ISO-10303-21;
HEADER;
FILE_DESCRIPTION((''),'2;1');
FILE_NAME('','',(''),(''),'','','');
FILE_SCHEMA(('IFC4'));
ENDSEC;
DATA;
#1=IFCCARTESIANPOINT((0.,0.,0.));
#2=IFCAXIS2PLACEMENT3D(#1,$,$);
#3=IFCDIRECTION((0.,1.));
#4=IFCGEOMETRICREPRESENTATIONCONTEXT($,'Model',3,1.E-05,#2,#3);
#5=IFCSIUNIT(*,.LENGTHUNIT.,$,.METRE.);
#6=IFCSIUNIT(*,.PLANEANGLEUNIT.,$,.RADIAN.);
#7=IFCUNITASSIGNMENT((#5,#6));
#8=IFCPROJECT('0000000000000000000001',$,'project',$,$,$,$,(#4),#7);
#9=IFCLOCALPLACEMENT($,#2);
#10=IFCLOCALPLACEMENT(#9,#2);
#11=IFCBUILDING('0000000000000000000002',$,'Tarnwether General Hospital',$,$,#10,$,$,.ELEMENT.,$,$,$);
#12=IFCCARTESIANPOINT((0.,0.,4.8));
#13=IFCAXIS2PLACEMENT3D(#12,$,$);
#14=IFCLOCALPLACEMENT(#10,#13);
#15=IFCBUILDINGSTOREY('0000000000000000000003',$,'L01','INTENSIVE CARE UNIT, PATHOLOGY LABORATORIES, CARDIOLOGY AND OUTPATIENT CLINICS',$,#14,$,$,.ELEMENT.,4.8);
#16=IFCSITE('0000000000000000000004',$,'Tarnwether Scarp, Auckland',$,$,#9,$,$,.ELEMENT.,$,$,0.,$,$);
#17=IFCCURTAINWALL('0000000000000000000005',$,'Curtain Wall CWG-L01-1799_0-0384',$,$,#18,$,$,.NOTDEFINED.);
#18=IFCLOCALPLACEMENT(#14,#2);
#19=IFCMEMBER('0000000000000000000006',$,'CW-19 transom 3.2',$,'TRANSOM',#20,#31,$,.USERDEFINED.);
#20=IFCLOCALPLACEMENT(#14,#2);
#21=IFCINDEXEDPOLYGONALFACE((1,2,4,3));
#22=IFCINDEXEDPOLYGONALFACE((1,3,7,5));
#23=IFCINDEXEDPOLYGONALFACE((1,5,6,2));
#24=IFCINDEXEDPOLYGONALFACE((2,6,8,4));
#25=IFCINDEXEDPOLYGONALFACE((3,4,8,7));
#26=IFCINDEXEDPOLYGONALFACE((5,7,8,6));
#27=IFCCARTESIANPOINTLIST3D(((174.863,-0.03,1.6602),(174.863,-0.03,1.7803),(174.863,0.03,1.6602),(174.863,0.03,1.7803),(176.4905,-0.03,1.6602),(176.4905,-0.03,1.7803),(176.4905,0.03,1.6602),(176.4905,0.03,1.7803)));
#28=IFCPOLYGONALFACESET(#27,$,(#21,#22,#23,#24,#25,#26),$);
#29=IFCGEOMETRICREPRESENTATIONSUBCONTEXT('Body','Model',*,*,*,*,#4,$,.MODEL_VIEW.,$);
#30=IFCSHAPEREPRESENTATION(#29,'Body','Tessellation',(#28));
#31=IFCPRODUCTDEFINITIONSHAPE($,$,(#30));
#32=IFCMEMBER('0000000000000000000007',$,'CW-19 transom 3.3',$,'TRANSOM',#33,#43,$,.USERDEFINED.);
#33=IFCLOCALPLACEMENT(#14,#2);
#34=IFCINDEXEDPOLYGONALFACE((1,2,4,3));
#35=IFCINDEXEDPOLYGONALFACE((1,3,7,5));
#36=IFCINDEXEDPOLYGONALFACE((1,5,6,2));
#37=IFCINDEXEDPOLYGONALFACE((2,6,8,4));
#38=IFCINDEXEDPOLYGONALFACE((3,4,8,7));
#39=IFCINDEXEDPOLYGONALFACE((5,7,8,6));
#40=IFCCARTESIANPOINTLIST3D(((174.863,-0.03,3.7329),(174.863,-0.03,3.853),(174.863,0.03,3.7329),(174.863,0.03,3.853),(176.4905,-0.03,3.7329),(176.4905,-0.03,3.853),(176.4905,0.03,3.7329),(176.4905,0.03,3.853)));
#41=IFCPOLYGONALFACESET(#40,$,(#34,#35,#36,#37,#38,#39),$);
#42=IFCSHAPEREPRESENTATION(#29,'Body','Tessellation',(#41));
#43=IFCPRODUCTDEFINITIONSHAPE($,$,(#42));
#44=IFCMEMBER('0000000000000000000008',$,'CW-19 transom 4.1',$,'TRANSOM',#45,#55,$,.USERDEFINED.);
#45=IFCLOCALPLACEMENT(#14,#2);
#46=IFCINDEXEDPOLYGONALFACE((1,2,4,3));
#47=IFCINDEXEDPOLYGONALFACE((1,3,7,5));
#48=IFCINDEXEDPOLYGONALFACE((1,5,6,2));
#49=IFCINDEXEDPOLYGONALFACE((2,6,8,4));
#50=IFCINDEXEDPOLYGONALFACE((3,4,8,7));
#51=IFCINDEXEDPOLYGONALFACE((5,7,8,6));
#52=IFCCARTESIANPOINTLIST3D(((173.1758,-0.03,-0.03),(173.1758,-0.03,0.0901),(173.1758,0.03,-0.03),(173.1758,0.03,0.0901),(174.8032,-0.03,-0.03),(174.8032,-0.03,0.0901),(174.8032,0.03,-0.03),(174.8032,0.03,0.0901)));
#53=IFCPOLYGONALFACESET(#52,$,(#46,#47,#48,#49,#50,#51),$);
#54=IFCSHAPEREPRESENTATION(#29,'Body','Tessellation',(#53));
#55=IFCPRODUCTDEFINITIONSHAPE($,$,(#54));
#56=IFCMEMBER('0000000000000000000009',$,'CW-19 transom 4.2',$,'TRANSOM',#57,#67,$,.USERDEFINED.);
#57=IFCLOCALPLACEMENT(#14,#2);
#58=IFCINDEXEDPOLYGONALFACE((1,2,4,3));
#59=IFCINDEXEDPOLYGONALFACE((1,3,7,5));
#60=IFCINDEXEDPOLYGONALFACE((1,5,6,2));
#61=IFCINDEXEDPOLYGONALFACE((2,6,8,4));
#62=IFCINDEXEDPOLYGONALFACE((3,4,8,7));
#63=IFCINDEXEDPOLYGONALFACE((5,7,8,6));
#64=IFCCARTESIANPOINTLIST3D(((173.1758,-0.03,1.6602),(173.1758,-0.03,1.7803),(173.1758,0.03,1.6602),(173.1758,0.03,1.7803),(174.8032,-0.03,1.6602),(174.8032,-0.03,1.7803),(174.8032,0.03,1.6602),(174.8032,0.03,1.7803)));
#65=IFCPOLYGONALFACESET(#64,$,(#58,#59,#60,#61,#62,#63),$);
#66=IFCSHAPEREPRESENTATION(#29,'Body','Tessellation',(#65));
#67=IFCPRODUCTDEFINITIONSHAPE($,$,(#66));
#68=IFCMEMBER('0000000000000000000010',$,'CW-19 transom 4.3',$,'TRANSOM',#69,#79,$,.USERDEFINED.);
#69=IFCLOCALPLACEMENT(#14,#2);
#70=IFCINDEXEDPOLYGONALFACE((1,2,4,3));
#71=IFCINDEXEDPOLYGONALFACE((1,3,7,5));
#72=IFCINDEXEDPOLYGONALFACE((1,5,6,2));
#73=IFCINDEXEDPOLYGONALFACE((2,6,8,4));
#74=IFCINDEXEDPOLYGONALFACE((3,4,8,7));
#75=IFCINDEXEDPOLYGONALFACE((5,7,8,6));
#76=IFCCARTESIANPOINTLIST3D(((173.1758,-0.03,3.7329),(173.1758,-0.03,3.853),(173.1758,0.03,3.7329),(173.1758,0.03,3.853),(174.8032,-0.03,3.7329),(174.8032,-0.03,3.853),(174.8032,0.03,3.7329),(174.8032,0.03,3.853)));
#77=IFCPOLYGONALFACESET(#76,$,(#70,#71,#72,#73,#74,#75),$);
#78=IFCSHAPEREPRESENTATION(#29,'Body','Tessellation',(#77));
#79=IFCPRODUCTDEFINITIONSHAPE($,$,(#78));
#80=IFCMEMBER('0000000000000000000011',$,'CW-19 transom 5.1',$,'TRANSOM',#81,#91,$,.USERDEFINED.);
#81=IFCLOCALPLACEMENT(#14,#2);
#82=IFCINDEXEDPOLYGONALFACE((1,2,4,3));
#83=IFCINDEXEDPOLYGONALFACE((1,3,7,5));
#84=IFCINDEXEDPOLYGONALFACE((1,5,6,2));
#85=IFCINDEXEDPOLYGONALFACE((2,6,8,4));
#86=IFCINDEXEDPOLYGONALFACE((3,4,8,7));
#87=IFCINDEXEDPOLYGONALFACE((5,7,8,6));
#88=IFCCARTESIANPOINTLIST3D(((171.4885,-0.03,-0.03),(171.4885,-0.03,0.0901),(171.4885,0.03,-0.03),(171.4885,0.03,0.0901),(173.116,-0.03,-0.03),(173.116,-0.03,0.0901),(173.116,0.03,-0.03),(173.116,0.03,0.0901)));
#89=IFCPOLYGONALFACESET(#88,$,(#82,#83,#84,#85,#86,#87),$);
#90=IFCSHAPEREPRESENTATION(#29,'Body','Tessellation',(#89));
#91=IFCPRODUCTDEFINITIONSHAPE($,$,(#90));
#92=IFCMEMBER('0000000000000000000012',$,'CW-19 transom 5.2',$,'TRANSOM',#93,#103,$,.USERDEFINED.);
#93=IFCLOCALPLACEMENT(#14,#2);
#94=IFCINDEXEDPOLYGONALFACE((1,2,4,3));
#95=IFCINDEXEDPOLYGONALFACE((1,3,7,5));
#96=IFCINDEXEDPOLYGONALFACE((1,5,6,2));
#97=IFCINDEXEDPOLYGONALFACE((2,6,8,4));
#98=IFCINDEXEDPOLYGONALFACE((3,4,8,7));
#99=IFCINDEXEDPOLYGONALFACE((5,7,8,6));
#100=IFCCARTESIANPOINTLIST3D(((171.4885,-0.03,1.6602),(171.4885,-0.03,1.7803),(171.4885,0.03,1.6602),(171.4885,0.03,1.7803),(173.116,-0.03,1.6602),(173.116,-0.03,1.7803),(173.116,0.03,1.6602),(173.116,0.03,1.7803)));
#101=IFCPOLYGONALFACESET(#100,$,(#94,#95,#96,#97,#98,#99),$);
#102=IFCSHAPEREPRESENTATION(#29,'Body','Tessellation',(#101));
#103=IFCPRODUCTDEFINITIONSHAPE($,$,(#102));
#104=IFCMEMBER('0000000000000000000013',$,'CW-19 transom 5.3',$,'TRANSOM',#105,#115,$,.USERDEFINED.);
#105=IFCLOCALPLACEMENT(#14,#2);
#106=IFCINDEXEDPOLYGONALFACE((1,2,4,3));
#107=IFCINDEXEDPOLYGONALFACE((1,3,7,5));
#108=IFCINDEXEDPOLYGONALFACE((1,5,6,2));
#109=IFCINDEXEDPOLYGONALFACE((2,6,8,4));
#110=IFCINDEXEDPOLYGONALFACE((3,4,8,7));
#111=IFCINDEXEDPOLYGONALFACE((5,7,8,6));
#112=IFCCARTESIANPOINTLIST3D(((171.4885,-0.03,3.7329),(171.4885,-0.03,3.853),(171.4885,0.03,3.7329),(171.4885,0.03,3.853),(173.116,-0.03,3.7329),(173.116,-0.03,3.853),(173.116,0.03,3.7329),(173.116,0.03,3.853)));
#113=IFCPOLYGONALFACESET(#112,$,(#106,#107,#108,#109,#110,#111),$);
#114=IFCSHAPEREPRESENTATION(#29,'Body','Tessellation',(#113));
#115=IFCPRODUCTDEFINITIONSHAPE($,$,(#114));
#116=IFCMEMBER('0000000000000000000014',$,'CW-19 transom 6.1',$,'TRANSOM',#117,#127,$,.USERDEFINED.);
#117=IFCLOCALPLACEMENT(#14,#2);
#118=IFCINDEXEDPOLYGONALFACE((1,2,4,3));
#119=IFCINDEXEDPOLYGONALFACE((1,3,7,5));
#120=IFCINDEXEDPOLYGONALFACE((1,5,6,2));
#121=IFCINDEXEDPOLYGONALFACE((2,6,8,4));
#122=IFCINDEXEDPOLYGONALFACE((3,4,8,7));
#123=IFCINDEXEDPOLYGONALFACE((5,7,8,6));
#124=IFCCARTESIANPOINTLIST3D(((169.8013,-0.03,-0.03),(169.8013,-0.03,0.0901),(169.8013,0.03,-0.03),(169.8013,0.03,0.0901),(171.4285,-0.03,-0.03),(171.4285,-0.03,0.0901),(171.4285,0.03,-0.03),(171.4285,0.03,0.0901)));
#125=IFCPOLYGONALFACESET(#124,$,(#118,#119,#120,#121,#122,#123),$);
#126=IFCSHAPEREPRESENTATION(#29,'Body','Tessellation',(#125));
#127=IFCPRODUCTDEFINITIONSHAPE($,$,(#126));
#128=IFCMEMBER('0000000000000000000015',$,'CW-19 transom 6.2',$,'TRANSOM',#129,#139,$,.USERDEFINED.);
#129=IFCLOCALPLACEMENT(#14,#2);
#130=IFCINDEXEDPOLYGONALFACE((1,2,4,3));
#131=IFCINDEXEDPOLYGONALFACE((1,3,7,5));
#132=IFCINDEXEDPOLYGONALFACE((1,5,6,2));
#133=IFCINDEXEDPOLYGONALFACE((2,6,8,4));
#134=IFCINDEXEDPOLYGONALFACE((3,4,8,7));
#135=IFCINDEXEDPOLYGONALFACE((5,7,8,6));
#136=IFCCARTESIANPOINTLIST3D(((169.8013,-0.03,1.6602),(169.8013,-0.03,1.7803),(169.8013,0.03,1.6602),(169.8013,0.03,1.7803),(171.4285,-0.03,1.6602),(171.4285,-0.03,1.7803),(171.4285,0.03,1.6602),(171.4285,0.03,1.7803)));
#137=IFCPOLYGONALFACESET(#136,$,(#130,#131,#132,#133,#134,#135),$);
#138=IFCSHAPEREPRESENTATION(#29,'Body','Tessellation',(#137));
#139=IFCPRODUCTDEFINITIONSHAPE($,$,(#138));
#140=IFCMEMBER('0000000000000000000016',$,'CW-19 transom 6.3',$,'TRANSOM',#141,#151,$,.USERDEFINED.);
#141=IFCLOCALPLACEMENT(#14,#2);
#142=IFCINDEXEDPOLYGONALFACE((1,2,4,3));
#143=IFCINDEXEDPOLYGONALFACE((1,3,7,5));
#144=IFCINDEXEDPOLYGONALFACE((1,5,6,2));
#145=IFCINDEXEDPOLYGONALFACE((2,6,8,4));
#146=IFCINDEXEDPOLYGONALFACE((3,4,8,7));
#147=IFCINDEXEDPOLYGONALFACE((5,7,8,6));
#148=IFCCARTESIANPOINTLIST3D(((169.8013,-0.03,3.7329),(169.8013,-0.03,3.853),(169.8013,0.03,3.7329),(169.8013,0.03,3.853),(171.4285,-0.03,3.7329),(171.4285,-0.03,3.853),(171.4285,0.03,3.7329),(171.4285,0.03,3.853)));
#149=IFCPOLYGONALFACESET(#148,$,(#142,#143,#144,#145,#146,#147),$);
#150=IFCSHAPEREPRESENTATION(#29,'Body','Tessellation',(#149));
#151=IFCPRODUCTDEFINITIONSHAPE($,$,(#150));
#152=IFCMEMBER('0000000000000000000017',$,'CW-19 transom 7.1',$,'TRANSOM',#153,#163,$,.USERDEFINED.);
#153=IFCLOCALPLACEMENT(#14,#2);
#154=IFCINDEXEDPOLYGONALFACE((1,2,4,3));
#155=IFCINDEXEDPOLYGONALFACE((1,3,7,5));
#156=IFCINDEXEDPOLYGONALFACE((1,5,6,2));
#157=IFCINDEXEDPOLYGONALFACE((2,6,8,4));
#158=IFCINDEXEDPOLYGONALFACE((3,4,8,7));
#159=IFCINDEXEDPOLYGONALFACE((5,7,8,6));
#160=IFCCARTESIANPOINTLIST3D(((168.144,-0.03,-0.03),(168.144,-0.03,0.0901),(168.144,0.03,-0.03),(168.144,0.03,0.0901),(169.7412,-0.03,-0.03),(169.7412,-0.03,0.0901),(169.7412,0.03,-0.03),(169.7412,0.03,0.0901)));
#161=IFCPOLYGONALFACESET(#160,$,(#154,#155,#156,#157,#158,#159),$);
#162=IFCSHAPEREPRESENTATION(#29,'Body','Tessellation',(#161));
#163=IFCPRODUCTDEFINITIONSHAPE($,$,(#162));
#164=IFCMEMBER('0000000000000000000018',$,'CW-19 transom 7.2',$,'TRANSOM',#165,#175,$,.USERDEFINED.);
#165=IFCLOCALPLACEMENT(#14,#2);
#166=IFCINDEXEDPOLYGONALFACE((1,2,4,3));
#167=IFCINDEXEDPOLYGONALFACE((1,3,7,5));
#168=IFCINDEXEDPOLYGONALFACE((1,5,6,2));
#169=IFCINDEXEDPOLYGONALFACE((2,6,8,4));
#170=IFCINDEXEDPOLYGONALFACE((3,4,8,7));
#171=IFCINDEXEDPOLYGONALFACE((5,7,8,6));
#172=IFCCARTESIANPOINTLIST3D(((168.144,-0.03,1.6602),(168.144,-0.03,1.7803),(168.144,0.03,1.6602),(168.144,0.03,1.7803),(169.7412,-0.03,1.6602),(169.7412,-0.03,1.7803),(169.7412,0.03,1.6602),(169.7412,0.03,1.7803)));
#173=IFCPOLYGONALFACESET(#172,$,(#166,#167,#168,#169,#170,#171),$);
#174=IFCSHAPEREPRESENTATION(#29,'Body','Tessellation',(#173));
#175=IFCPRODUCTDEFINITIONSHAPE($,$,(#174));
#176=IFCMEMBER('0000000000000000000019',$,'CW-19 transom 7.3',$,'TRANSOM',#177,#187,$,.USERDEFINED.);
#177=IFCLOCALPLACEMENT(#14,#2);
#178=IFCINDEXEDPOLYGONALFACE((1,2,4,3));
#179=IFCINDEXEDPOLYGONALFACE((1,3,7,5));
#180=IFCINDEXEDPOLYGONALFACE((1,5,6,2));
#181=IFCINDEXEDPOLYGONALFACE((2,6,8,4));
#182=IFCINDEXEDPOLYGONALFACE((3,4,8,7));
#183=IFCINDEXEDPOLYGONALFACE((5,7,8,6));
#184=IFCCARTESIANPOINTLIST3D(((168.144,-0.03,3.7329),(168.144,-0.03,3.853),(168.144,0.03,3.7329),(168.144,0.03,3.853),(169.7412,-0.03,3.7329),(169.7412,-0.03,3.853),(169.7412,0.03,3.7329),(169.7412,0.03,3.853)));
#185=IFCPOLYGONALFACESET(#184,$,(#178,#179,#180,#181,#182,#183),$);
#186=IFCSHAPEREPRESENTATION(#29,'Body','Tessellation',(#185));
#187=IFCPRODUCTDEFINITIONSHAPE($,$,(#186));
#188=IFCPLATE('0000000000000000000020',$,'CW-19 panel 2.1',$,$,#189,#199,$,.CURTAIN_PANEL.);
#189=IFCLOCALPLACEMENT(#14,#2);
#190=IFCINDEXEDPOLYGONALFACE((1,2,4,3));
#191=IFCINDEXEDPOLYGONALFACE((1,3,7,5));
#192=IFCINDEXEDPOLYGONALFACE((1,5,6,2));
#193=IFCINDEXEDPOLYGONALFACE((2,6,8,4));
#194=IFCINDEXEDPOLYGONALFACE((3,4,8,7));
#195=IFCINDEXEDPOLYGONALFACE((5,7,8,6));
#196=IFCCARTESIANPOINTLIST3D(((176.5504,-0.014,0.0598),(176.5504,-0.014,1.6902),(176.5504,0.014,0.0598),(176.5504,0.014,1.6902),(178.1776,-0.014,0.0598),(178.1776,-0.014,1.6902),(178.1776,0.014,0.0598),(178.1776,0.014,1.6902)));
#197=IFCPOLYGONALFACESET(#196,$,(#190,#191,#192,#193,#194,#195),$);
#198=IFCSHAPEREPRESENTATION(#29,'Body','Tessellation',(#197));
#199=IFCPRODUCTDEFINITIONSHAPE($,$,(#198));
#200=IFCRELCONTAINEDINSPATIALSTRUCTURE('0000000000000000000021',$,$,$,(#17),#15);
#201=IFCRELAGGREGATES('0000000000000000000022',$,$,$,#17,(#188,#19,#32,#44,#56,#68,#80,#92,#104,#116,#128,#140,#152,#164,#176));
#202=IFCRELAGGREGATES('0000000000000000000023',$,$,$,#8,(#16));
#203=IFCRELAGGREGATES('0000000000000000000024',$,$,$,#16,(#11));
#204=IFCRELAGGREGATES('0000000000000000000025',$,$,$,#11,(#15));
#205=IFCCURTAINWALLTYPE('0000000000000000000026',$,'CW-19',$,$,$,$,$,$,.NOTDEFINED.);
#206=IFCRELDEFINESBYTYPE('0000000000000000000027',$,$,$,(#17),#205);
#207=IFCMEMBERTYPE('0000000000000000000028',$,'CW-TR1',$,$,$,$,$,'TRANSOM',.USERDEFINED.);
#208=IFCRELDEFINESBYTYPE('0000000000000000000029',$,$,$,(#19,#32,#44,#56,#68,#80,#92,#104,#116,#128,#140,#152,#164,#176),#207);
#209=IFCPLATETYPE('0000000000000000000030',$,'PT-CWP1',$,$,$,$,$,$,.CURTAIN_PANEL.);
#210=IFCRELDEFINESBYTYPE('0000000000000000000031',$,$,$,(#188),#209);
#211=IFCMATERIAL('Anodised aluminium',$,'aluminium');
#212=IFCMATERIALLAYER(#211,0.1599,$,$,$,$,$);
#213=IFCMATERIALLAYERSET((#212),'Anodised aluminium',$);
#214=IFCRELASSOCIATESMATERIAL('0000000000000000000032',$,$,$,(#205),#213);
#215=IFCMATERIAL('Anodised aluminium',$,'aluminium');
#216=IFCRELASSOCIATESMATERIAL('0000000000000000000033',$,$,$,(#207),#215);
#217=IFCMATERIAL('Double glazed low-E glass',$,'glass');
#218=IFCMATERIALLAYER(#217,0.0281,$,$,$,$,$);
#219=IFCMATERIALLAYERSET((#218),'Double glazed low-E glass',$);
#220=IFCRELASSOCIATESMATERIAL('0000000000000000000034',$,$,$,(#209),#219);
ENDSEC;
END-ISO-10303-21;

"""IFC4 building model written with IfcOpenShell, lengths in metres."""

from ifc_helpers import new_model, si_unit, direction, frame, origin, origin_2d, place, context, subcontext, project, spatial, rectangle, extrude, material, layer, layer_set, material_profile, profile_set, type_object, element, aggregate, save


model = new_model("IFC4")

# Units and contexts
model_context = context("Model", 3, precision=1e-05, world=origin(), true_north=direction((0.0, 1.0)))
body_context = subcontext(model_context, "Body", "Model", "MODEL_VIEW")
ifc_project = project(units=[si_unit("LENGTHUNIT", "METRE"), si_unit("PLANEANGLEUNIT", "RADIAN")], contexts=[model_context])

# Site, building, storey
site_placement = place(None, origin())
site = spatial("IfcSite", under=ifc_project, at=site_placement, Name="Tarnwether Scarp, Auckland", CompositionType="ELEMENT", RefElevation=0.0)
building_placement = place(site_placement, origin())
building = spatial("IfcBuilding", under=site, at=building_placement, Name="Tarnwether General Hospital", CompositionType="ELEMENT")
storey_placement = place(building_placement, frame((0.0, 0.0, 4.8)))
storey = spatial("IfcBuildingStorey", under=building, at=storey_placement, Name="L01", Description="INTENSIVE CARE UNIT, PATHOLOGY LABORATORIES, CARDIOLOGY AND OUTPATIENT CLINICS", CompositionType="ELEMENT", Elevation=4.8)

# Curtain wall, members, plate
ifc_material_1 = material(Name="Anodised aluminium", Category="aluminium")
ifc_layer_1 = layer(ifc_material_1, 0.1599)
ifc_layer_set_1 = layer_set([ifc_layer_1], Name="Anodised aluminium")
curtain_wall_type = type_object("IfcCurtainWallType", Name="CW-19", PredefinedType="NOTDEFINED", material=ifc_layer_set_1)
curtain_wall_placement = place(storey_placement, origin())
curtain_wall = element("IfcCurtainWall", 1, at=curtain_wall_placement, inside=storey, type_object=curtain_wall_type, Name="Curtain Wall CWG-L01-1799_0-0384", PredefinedType="NOTDEFINED")
ifc_material_2 = material(Name="Anodised aluminium", Category="aluminium")
ifc_material_profile_1 = material_profile(ifc_material_2, rectangle(XDim=0.0601, YDim=0.1201, at=origin_2d()), Name="ALU-TRN-60x120")
ifc_profile_set_1 = profile_set([ifc_material_profile_1], Name="Anodised aluminium")
member_type_1 = type_object("IfcMemberType", Name="CW-TR1", ElementType="TRANSOM", PredefinedType="USERDEFINED", material=ifc_profile_set_1)
member_1_placement = place(storey_placement, frame((176.4905, 0.0, 1.7202), z_axis=(-1.0, 0.0, 0.0), x_axis=(0.0, -1.0, 0.0)))
member_1 = element("IfcMember", 2, at=member_1_placement, type_object=member_type_1, Name="CW-19 transom 3.2", ObjectType="TRANSOM", PredefinedType="USERDEFINED", context=body_context, shape_type="SweptSolid", body=[
    extrude(rectangle(XDim=0.0601, YDim=0.1201, at=origin_2d()), origin(), (0.0, 0.0, 1.0), 1.6274),
])
member_2_placement = place(storey_placement, frame((176.4905, 0.0, 3.793), z_axis=(-1.0, 0.0, 0.0), x_axis=(0.0, -1.0, 0.0)))
member_2 = element("IfcMember", 3, at=member_2_placement, type_object=member_type_1, Name="CW-19 transom 3.3", ObjectType="TRANSOM", PredefinedType="USERDEFINED", context=body_context, shape_type="SweptSolid", body=[
    extrude(rectangle(XDim=0.0601, YDim=0.1201, at=origin_2d()), origin(), (0.0, 0.0, 1.0), 1.6274),
])
member_3_placement = place(storey_placement, frame((174.8032, 0.0, 0.03), z_axis=(-1.0, 0.0, 0.0), x_axis=(0.0, -1.0, 0.0)))
member_3 = element("IfcMember", 4, at=member_3_placement, type_object=member_type_1, Name="CW-19 transom 4.1", ObjectType="TRANSOM", PredefinedType="USERDEFINED", context=body_context, shape_type="SweptSolid", body=[
    extrude(rectangle(XDim=0.0601, YDim=0.1201, at=origin_2d()), origin(), (0.0, 0.0, 1.0), 1.6274),
])
member_4_placement = place(storey_placement, frame((174.8032, 0.0, 1.7202), z_axis=(-1.0, 0.0, 0.0), x_axis=(0.0, -1.0, 0.0)))
member_4 = element("IfcMember", 5, at=member_4_placement, type_object=member_type_1, Name="CW-19 transom 4.2", ObjectType="TRANSOM", PredefinedType="USERDEFINED", context=body_context, shape_type="SweptSolid", body=[
    extrude(rectangle(XDim=0.0601, YDim=0.1201, at=origin_2d()), origin(), (0.0, 0.0, 1.0), 1.6274),
])
member_5_placement = place(storey_placement, frame((174.8032, 0.0, 3.793), z_axis=(-1.0, 0.0, 0.0), x_axis=(0.0, -1.0, 0.0)))
member_5 = element("IfcMember", 6, at=member_5_placement, type_object=member_type_1, Name="CW-19 transom 4.3", ObjectType="TRANSOM", PredefinedType="USERDEFINED", context=body_context, shape_type="SweptSolid", body=[
    extrude(rectangle(XDim=0.0601, YDim=0.1201, at=origin_2d()), origin(), (0.0, 0.0, 1.0), 1.6274),
])
member_6_placement = place(storey_placement, frame((173.116, 0.0, 0.03), z_axis=(-1.0, 0.0, 0.0), x_axis=(0.0, -1.0, 0.0)))
member_6 = element("IfcMember", 7, at=member_6_placement, type_object=member_type_1, Name="CW-19 transom 5.1", ObjectType="TRANSOM", PredefinedType="USERDEFINED", context=body_context, shape_type="SweptSolid", body=[
    extrude(rectangle(XDim=0.0601, YDim=0.1201, at=origin_2d()), origin(), (0.0, 0.0, 1.0), 1.6274),
])
member_7_placement = place(storey_placement, frame((173.116, 0.0, 1.7202), z_axis=(-1.0, 0.0, 0.0), x_axis=(0.0, -1.0, 0.0)))
member_7 = element("IfcMember", 8, at=member_7_placement, type_object=member_type_1, Name="CW-19 transom 5.2", ObjectType="TRANSOM", PredefinedType="USERDEFINED", context=body_context, shape_type="SweptSolid", body=[
    extrude(rectangle(XDim=0.0601, YDim=0.1201, at=origin_2d()), origin(), (0.0, 0.0, 1.0), 1.6274),
])
member_8_placement = place(storey_placement, frame((173.116, 0.0, 3.793), z_axis=(-1.0, 0.0, 0.0), x_axis=(0.0, -1.0, 0.0)))
member_8 = element("IfcMember", 9, at=member_8_placement, type_object=member_type_1, Name="CW-19 transom 5.3", ObjectType="TRANSOM", PredefinedType="USERDEFINED", context=body_context, shape_type="SweptSolid", body=[
    extrude(rectangle(XDim=0.0601, YDim=0.1201, at=origin_2d()), origin(), (0.0, 0.0, 1.0), 1.6274),
])
member_9_placement = place(storey_placement, frame((171.4285, 0.0, 0.03), z_axis=(-1.0, 0.0, 0.0), x_axis=(0.0, -1.0, 0.0)))
member_9 = element("IfcMember", 10, at=member_9_placement, type_object=member_type_1, Name="CW-19 transom 6.1", ObjectType="TRANSOM", PredefinedType="USERDEFINED", context=body_context, shape_type="SweptSolid", body=[
    extrude(rectangle(XDim=0.0601, YDim=0.1201, at=origin_2d()), origin(), (0.0, 0.0, 1.0), 1.6272),
])
member_10_placement = place(storey_placement, frame((171.4285, 0.0, 1.7202), z_axis=(-1.0, 0.0, 0.0), x_axis=(0.0, -1.0, 0.0)))
member_10 = element("IfcMember", 11, at=member_10_placement, type_object=member_type_1, Name="CW-19 transom 6.2", ObjectType="TRANSOM", PredefinedType="USERDEFINED", context=body_context, shape_type="SweptSolid", body=[
    extrude(rectangle(XDim=0.0601, YDim=0.1201, at=origin_2d()), origin(), (0.0, 0.0, 1.0), 1.6272),
])
member_11_placement = place(storey_placement, frame((171.4285, 0.0, 3.793), z_axis=(-1.0, 0.0, 0.0), x_axis=(0.0, -1.0, 0.0)))
member_11 = element("IfcMember", 12, at=member_11_placement, type_object=member_type_1, Name="CW-19 transom 6.3", ObjectType="TRANSOM", PredefinedType="USERDEFINED", context=body_context, shape_type="SweptSolid", body=[
    extrude(rectangle(XDim=0.0601, YDim=0.1201, at=origin_2d()), origin(), (0.0, 0.0, 1.0), 1.6272),
])
member_12_placement = place(storey_placement, frame((169.7412, 0.0, 0.03), z_axis=(-1.0, 0.0, 0.0), x_axis=(0.0, -1.0, 0.0)))
member_12 = element("IfcMember", 13, at=member_12_placement, type_object=member_type_1, Name="CW-19 transom 7.1", ObjectType="TRANSOM", PredefinedType="USERDEFINED", context=body_context, shape_type="SweptSolid", body=[
    extrude(rectangle(XDim=0.0601, YDim=0.1201, at=origin_2d()), origin(), (0.0, 0.0, 1.0), 1.5972),
])
member_13_placement = place(storey_placement, frame((169.7412, 0.0, 1.7202), z_axis=(-1.0, 0.0, 0.0), x_axis=(0.0, -1.0, 0.0)))
member_13 = element("IfcMember", 14, at=member_13_placement, type_object=member_type_1, Name="CW-19 transom 7.2", ObjectType="TRANSOM", PredefinedType="USERDEFINED", context=body_context, shape_type="SweptSolid", body=[
    extrude(rectangle(XDim=0.0601, YDim=0.1201, at=origin_2d()), origin(), (0.0, 0.0, 1.0), 1.5972),
])
member_14_placement = place(storey_placement, frame((169.7412, 0.0, 3.793), z_axis=(-1.0, 0.0, 0.0), x_axis=(0.0, -1.0, 0.0)))
member_14 = element("IfcMember", 15, at=member_14_placement, type_object=member_type_1, Name="CW-19 transom 7.3", ObjectType="TRANSOM", PredefinedType="USERDEFINED", context=body_context, shape_type="SweptSolid", body=[
    extrude(rectangle(XDim=0.0601, YDim=0.1201, at=origin_2d()), origin(), (0.0, 0.0, 1.0), 1.5972),
])
ifc_material_3 = material(Name="Double glazed low-E glass", Category="glass")
ifc_layer_2 = layer(ifc_material_3, 0.0281)
ifc_layer_set_2 = layer_set([ifc_layer_2], Name="Double glazed low-E glass")
plate_type = type_object("IfcPlateType", Name="PT-CWP1", PredefinedType="CURTAIN_PANEL", material=ifc_layer_set_2)
plate_1_placement = place(storey_placement, frame((177.364, 0.0, 0.0598), z_axis=(0.0, 0.0, 1.0), x_axis=(-1.0, 0.0, 0.0)))
plate_1 = element("IfcPlate", 16, at=plate_1_placement, type_object=plate_type, Name="CW-19 panel 2.1", PredefinedType="CURTAIN_PANEL", context=body_context, shape_type="SweptSolid", body=[
    extrude(rectangle(XDim=1.6272, YDim=0.0281, at=origin_2d()), origin(), (0.0, 0.0, 1.0), 1.6304),
])
aggregate(curtain_wall, [plate_1, member_1, member_2, member_3, member_4, member_5, member_6, member_7, member_8, member_9, member_10, member_11, member_12, member_13, member_14])

save(model, "model.ifc")
